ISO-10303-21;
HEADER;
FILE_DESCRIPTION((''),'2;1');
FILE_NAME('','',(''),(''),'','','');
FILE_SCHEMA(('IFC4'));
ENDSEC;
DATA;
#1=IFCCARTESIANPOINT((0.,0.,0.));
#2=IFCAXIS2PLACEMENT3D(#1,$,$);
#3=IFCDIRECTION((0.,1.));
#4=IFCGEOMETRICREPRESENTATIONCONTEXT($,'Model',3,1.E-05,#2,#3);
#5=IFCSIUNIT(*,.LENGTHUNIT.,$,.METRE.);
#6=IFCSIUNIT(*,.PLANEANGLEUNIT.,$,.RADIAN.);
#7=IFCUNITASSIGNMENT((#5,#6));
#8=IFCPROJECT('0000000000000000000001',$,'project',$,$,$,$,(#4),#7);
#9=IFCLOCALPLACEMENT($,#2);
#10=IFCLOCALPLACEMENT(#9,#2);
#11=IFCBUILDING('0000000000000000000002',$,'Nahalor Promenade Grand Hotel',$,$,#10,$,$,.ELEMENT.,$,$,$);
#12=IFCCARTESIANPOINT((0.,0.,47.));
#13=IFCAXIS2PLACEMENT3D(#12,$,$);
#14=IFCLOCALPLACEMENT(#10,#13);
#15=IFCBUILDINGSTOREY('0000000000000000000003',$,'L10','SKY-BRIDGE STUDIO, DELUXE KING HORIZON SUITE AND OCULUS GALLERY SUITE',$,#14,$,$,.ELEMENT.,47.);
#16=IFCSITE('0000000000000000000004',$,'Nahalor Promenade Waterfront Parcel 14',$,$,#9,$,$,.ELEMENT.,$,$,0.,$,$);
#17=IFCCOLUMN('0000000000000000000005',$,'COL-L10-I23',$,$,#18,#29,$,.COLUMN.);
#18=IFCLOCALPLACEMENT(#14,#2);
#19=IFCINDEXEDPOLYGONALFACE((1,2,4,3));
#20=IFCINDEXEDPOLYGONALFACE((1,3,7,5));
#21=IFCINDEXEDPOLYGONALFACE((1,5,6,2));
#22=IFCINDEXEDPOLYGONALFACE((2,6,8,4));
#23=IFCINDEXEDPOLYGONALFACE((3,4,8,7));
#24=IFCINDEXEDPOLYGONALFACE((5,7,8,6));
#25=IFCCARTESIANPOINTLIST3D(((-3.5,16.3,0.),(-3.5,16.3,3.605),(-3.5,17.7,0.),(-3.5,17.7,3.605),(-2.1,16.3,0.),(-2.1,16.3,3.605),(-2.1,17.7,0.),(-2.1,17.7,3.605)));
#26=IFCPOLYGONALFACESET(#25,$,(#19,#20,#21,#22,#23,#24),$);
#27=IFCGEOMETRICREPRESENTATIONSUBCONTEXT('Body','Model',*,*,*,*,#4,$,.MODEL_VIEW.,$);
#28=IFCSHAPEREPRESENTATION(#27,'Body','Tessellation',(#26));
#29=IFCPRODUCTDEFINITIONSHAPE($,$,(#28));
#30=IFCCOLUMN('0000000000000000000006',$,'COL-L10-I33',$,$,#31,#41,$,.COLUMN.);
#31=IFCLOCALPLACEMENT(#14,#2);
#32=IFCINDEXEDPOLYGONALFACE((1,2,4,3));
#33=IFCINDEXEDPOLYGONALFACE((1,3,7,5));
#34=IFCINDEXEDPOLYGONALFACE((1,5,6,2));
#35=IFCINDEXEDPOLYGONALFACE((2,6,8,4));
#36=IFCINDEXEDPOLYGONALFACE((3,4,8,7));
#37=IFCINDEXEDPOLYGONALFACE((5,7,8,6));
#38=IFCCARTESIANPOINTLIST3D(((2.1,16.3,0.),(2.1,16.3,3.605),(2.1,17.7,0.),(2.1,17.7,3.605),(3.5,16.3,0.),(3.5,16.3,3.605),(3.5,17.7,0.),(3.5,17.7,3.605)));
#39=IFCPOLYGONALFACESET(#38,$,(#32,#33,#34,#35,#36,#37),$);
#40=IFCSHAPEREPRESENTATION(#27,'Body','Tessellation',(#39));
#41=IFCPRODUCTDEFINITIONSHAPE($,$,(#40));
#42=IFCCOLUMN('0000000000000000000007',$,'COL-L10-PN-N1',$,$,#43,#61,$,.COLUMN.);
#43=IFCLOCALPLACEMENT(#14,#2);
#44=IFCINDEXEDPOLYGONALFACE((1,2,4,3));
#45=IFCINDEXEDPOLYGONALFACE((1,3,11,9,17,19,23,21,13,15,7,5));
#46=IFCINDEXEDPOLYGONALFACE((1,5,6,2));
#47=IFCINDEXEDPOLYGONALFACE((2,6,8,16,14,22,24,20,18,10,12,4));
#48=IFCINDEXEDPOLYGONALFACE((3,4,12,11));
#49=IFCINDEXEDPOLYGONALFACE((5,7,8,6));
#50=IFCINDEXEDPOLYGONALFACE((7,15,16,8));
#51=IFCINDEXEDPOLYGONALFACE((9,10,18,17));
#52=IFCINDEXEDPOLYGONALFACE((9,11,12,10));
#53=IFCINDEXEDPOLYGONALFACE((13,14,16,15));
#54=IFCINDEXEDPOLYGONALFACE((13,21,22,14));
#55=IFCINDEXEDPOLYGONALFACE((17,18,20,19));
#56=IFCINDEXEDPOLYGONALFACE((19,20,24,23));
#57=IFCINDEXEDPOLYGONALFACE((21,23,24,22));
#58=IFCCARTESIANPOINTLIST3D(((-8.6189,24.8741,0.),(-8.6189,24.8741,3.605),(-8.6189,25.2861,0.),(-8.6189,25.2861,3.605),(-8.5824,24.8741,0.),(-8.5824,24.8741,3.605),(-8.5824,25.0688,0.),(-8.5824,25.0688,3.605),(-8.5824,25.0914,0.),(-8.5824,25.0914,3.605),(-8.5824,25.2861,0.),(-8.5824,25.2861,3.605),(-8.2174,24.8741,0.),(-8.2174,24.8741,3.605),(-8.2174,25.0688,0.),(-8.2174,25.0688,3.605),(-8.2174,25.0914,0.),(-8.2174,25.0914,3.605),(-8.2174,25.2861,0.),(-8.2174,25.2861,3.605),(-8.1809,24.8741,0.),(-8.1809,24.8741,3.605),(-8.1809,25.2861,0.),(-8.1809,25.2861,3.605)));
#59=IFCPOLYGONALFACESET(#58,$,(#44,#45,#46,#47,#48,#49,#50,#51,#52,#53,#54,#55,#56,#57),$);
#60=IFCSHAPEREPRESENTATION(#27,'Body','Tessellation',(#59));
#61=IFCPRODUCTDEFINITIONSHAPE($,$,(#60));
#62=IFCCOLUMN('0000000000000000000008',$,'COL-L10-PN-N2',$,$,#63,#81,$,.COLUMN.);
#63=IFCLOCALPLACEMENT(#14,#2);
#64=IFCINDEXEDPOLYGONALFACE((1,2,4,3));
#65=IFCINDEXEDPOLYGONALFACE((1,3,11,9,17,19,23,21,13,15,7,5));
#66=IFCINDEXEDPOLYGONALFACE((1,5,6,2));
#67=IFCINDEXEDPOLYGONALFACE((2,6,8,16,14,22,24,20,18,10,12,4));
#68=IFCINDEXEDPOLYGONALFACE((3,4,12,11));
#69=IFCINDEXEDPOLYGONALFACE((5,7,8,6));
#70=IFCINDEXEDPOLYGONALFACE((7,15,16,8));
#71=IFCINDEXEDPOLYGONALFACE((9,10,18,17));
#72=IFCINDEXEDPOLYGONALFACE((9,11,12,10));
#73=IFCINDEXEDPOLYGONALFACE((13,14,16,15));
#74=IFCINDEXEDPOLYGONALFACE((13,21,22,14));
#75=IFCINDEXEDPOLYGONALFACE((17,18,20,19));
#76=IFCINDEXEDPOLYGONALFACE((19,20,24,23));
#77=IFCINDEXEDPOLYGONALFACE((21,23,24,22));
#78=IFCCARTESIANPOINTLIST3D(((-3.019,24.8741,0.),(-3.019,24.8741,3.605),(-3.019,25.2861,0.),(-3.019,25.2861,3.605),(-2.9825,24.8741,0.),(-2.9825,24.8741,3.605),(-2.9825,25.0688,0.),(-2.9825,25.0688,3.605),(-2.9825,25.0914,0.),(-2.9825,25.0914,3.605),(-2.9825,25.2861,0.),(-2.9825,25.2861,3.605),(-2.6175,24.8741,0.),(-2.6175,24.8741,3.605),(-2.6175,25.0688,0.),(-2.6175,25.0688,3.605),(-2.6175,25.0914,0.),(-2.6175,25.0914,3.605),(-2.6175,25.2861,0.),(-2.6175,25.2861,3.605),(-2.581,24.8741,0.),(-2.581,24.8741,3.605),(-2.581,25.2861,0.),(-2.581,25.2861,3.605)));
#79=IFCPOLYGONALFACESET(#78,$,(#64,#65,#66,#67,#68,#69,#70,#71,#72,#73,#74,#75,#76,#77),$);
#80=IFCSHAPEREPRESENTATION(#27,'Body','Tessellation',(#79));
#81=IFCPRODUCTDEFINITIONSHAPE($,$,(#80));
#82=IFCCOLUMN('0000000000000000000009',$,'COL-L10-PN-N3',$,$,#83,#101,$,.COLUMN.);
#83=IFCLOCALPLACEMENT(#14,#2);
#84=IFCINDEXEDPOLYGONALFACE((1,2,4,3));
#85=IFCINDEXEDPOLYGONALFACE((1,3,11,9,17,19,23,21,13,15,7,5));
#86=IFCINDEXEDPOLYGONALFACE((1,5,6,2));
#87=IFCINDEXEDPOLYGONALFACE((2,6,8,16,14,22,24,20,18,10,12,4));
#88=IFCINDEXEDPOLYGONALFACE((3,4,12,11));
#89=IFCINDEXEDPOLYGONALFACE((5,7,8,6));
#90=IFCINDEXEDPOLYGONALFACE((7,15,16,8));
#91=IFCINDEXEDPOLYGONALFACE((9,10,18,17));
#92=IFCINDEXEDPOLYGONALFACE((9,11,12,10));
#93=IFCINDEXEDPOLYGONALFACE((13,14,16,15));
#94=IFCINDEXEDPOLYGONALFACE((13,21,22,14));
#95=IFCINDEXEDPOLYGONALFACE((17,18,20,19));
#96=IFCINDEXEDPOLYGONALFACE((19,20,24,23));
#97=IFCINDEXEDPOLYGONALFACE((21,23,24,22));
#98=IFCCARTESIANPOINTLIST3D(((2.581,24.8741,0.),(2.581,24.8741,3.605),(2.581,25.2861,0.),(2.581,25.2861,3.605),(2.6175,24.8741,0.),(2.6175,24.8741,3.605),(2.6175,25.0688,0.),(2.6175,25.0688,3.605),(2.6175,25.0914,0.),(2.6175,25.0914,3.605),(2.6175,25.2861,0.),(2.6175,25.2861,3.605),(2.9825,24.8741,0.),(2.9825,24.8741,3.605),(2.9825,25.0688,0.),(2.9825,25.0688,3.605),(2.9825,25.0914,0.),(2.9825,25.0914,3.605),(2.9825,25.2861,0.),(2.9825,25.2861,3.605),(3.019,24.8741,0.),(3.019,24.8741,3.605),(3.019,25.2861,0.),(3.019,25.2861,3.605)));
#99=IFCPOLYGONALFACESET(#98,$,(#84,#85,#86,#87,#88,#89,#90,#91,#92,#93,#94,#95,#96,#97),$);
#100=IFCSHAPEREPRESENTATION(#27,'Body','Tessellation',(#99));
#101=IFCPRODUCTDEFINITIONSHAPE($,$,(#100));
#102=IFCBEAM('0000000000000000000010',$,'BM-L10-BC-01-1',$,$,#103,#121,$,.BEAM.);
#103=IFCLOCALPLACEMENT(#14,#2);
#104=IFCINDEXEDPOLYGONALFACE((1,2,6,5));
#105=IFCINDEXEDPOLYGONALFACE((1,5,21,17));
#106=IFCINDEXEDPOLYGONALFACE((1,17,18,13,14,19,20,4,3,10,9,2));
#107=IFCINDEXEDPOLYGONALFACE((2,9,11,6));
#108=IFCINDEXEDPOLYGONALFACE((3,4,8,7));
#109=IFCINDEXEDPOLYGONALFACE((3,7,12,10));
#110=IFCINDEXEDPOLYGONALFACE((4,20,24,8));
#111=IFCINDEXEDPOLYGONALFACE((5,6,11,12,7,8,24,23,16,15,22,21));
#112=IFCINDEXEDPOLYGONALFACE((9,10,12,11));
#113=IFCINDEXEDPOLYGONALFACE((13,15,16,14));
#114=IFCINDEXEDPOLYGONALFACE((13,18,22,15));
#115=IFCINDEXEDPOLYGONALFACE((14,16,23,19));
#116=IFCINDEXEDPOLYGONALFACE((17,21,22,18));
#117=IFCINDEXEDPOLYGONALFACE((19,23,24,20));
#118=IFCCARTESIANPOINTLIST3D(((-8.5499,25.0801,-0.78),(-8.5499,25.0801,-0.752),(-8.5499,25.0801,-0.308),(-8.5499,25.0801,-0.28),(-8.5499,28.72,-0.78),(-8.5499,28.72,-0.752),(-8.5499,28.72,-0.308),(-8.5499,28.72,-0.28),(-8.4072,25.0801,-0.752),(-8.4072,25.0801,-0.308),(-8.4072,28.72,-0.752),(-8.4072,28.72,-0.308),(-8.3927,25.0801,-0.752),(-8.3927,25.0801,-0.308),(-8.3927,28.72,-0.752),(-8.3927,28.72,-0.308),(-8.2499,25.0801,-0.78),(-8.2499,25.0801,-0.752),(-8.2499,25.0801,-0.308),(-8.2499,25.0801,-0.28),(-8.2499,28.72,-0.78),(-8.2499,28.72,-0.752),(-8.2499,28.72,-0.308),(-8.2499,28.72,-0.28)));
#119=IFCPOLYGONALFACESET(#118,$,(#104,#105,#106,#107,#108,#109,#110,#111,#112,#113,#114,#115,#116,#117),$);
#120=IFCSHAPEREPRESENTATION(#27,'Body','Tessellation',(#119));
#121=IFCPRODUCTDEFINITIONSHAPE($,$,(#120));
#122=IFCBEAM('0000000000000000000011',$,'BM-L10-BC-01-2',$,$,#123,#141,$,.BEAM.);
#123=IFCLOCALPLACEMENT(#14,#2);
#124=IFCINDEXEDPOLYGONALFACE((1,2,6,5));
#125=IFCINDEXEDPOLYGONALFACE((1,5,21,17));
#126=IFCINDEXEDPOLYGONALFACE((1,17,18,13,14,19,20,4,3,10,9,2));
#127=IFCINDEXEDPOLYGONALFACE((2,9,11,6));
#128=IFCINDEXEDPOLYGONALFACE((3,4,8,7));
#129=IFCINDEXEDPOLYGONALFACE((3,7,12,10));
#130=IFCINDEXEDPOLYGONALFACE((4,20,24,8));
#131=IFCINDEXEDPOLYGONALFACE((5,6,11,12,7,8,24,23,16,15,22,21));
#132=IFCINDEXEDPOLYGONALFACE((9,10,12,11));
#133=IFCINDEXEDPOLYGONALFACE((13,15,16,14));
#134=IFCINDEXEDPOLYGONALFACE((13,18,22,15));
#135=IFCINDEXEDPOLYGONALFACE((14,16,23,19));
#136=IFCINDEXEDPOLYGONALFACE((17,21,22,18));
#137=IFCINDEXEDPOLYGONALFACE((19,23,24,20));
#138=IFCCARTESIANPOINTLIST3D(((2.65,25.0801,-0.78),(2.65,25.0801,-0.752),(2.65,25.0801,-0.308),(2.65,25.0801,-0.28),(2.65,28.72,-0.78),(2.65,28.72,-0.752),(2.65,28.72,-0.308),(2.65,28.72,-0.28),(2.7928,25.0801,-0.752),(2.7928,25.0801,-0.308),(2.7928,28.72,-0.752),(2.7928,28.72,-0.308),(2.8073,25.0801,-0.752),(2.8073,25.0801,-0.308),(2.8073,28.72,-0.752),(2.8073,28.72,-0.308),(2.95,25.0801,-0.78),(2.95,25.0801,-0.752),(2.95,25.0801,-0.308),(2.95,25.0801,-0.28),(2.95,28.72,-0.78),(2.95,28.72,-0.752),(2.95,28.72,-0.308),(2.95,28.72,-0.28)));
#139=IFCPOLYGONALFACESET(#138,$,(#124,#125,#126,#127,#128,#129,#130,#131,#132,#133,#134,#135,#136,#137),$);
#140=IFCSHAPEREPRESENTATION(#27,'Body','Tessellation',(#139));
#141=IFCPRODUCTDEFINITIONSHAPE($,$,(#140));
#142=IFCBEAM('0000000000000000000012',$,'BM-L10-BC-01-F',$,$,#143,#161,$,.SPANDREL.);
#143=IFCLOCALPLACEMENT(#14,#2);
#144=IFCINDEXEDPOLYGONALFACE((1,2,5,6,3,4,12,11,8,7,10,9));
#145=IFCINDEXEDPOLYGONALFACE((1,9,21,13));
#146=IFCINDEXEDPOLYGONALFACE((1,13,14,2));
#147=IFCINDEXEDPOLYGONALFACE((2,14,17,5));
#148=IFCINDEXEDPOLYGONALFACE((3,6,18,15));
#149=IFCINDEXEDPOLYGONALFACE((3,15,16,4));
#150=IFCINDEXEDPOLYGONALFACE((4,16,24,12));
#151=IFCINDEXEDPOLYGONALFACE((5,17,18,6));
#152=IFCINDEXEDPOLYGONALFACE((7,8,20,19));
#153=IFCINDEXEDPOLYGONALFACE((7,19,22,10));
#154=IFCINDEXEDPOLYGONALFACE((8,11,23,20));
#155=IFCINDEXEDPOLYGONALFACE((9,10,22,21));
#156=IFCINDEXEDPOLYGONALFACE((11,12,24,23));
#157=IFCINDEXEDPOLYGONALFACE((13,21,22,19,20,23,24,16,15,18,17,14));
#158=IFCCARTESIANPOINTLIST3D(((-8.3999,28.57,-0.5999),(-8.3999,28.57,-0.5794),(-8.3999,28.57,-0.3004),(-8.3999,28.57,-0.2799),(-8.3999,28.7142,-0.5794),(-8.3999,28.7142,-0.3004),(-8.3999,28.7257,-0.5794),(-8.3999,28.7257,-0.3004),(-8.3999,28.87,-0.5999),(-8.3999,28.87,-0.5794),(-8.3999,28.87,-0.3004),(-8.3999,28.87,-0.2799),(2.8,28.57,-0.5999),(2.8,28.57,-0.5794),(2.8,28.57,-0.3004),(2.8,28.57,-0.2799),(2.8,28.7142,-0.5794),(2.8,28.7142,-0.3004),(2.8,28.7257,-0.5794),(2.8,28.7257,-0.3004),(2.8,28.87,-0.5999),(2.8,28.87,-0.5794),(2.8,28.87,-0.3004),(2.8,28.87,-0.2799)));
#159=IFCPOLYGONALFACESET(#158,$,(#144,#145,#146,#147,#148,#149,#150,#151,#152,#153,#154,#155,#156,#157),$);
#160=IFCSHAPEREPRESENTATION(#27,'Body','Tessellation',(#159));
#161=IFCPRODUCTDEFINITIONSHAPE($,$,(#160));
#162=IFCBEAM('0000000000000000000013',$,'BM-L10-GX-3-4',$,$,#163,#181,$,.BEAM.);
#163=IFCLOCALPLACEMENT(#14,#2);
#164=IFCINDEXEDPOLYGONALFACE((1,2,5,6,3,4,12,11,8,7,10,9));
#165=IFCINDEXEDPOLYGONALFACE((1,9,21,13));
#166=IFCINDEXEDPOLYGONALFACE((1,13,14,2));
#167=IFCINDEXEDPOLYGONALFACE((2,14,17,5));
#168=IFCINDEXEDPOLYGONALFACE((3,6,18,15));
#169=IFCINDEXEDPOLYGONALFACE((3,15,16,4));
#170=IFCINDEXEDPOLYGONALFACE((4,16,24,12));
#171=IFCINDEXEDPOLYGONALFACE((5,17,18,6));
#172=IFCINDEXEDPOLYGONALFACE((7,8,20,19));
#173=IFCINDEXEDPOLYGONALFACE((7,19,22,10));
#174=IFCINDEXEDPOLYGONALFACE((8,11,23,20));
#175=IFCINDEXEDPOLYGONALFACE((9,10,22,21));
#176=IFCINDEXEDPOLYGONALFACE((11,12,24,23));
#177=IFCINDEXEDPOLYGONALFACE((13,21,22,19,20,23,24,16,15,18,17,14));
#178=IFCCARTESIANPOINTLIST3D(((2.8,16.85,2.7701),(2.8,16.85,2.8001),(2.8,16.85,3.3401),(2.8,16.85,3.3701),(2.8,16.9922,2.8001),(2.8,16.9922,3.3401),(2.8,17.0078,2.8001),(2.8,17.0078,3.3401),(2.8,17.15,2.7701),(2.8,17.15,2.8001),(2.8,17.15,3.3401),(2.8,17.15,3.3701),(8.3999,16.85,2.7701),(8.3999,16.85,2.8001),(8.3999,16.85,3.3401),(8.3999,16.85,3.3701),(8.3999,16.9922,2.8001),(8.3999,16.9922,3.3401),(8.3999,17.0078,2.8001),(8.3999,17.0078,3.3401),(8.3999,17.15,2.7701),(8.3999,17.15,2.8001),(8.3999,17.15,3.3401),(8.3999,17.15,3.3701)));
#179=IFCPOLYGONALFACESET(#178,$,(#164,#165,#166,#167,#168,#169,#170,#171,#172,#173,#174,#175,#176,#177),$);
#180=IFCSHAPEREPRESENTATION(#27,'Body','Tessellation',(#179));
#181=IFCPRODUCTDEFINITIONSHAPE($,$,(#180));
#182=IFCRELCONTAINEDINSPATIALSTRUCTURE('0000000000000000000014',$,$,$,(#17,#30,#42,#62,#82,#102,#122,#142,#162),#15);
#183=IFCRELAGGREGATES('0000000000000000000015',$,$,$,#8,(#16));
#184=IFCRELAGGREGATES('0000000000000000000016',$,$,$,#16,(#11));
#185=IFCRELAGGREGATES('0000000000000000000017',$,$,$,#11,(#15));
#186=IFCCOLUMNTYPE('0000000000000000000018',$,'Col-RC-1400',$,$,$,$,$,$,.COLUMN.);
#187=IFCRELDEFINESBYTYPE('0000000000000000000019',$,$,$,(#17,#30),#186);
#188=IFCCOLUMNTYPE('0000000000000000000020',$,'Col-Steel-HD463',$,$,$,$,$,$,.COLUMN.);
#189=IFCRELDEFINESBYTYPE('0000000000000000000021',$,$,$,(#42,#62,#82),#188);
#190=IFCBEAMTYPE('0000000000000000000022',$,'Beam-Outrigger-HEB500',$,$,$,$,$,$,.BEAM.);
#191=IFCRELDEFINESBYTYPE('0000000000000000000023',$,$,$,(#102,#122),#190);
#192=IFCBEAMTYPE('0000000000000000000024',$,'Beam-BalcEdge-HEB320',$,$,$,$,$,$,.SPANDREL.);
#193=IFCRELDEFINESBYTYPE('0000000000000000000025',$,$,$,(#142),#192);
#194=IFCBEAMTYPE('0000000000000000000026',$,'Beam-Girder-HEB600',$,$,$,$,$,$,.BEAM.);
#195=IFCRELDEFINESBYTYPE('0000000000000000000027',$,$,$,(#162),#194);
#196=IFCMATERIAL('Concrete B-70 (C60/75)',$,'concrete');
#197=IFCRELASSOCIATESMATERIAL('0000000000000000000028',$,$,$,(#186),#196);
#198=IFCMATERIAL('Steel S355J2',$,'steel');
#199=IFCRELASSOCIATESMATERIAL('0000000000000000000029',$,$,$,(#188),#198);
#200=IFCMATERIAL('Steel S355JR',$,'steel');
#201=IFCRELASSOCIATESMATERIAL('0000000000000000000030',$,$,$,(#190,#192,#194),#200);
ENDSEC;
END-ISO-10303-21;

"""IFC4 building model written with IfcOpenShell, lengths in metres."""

from ifc_helpers import new_model, si_unit, direction, frame, origin, origin_2d, place, context, subcontext, project, spatial, rectangle, i_section, extrude, source, transform, mapped, material, material_profile, profile_set, type_object, element, save


model = new_model("IFC4")

# Units and contexts
model_context = context("Model", 3, precision=1e-05, world=origin(), true_north=direction((0.0, 1.0)))
body_context = subcontext(model_context, "Body", "Model", "MODEL_VIEW")
ifc_project = project(units=[si_unit("LENGTHUNIT", "METRE"), si_unit("PLANEANGLEUNIT", "RADIAN")], contexts=[model_context])

# Site, building, storey
site_placement = place(None, origin())
site = spatial("IfcSite", under=ifc_project, at=site_placement, Name="Nahalor Promenade Waterfront Parcel 14", CompositionType="ELEMENT", RefElevation=0.0)
building_placement = place(site_placement, origin())
building = spatial("IfcBuilding", under=site, at=building_placement, Name="Nahalor Promenade Grand Hotel", CompositionType="ELEMENT")
storey_placement = place(building_placement, frame((0.0, 0.0, 47.0)))
storey = spatial("IfcBuildingStorey", under=building, at=storey_placement, Name="L10", Description="SKY-BRIDGE STUDIO, DELUXE KING HORIZON SUITE AND OCULUS GALLERY SUITE", CompositionType="ELEMENT", Elevation=47.0)

# Columns
ifc_material_1 = material(Name="Concrete B-70 (C60/75)", Category="concrete")
ifc_material_profile_1 = material_profile(ifc_material_1, rectangle(XDim=1.4, YDim=1.4, at=origin_2d()), Name="RC 1400x1400")
ifc_profile_set_1 = profile_set([ifc_material_profile_1], Name="Concrete B-70 (C60/75)")
column_type_1 = type_object("IfcColumnType", Name="Col-RC-1400", PredefinedType="COLUMN", material=ifc_profile_set_1)
shared_shape_1 = source(origin(), body_context, "Body", "SweptSolid", [
    extrude(rectangle(XDim=1.4, YDim=1.4, at=origin_2d()), origin(), (0.0, 0.0, 1.0), 3.605),
])
for number, where, z_axis, x_axis, name in (
    (1, (-2.8, 17.0, 0.0), (0.0, 0.0, 1.0), (1.0, 0.0, 0.0), "COL-L10-I23"),
    (2, (2.8, 17.0, 0.0), (0.0, 0.0, 1.0), (1.0, 0.0, 0.0), "COL-L10-I33"),
):
    element("IfcColumn", number, at=place(storey_placement, frame(where, z_axis=z_axis, x_axis=x_axis)), inside=storey, type_object=column_type_1, Name=name, PredefinedType="COLUMN", context=body_context, shape_type="MappedRepresentation", body=[
        mapped(shared_shape_1, transform((0.0, 0.0, 0.0), scale=1.0)),
    ])
ifc_material_2 = material(Name="Steel S355J2", Category="steel")
ifc_material_profile_2 = material_profile(ifc_material_2, i_section(OverallWidth=0.412, OverallDepth=0.438, WebThickness=0.0226, FlangeThickness=0.0365, at=origin_2d()), Name="HD 400x463")
ifc_profile_set_2 = profile_set([ifc_material_profile_2], Name="Steel S355J2")
column_type_2 = type_object("IfcColumnType", Name="Col-Steel-HD463", PredefinedType="COLUMN", material=ifc_profile_set_2)
shared_shape_2 = source(origin(), body_context, "Body", "SweptSolid", [
    extrude(i_section(OverallWidth=0.412, OverallDepth=0.438, WebThickness=0.0226, FlangeThickness=0.0365, at=origin_2d()), origin(), (0.0, 0.0, 1.0), 3.605),
])
for number, where, z_axis, x_axis, name in (
    (3, (-8.3999, 25.0801, 0.0), (0.0, 0.0, 1.0), (0.0, 1.0, 0.0), "COL-L10-PN-N1"),
    (4, (-2.8, 25.0801, 0.0), (0.0, 0.0, 1.0), (0.0, 1.0, 0.0), "COL-L10-PN-N2"),
    (5, (2.8, 25.0801, 0.0), (0.0, 0.0, 1.0), (0.0, 1.0, 0.0), "COL-L10-PN-N3"),
):
    element("IfcColumn", number, at=place(storey_placement, frame(where, z_axis=z_axis, x_axis=x_axis)), inside=storey, type_object=column_type_2, Name=name, PredefinedType="COLUMN", context=body_context, shape_type="MappedRepresentation", body=[
        mapped(shared_shape_2, transform((0.0, 0.0, 0.0), scale=1.0)),
    ])

# Beams
ifc_material_3 = material(Name="Steel S355JR", Category="steel")
ifc_material_profile_3 = material_profile(ifc_material_3, i_section(OverallWidth=0.3, OverallDepth=0.5, WebThickness=0.0145, FlangeThickness=0.028, at=origin_2d()), Name="HEB 500")
ifc_profile_set_3 = profile_set([ifc_material_profile_3], Name="Steel S355JR")
beam_type_1 = type_object("IfcBeamType", Name="Beam-Outrigger-HEB500", PredefinedType="BEAM", material=ifc_profile_set_3)
shared_shape_3 = source(origin(), body_context, "Body", "SweptSolid", [
    extrude(i_section(OverallWidth=0.3, OverallDepth=0.5, WebThickness=0.0145, FlangeThickness=0.028, at=origin_2d()), origin(), (0.0, 0.0, 1.0), 3.6399),
])
for number, where, z_axis, x_axis, name in (
    (6, (-8.3999, 25.0801, -0.53), (0.0, 1.0, 0.0), (-1.0, 0.0, 0.0), "BM-L10-BC-01-1"),
    (7, (2.8, 25.0801, -0.53), (0.0, 1.0, 0.0), (-1.0, 0.0, 0.0), "BM-L10-BC-01-2"),
):
    element("IfcBeam", number, at=place(storey_placement, frame(where, z_axis=z_axis, x_axis=x_axis)), inside=storey, type_object=beam_type_1, Name=name, PredefinedType="BEAM", context=body_context, shape_type="MappedRepresentation", body=[
        mapped(shared_shape_3, transform((0.0, 0.0, 0.0), scale=1.0)),
    ])
ifc_material_profile_4 = material_profile(ifc_material_3, i_section(OverallWidth=0.3, OverallDepth=0.32, WebThickness=0.0115, FlangeThickness=0.0205, at=origin_2d()), Name="HEB 320")
ifc_profile_set_4 = profile_set([ifc_material_profile_4], Name="Steel S355JR")
beam_type_2 = type_object("IfcBeamType", Name="Beam-BalcEdge-HEB320", PredefinedType="SPANDREL", material=ifc_profile_set_4)
shared_shape_4 = source(origin(), body_context, "Body", "SweptSolid", [
    extrude(i_section(OverallWidth=0.3, OverallDepth=0.32, WebThickness=0.0115, FlangeThickness=0.0205, at=origin_2d()), origin(), (0.0, 0.0, 1.0), 11.2),
])
beam_1_placement = place(storey_placement, frame((-8.3999, 28.72, -0.4399), z_axis=(1.0, 0.0, 0.0), x_axis=(0.0, 1.0, 0.0)))
element("IfcBeam", 8, at=beam_1_placement, inside=storey, type_object=beam_type_2, Name="BM-L10-BC-01-F", PredefinedType="SPANDREL", context=body_context, shape_type="MappedRepresentation", body=[
    mapped(shared_shape_4, transform((0.0, 0.0, 0.0), scale=1.0)),
])
ifc_material_profile_5 = material_profile(ifc_material_3, i_section(OverallWidth=0.3, OverallDepth=0.6, WebThickness=0.0155, FlangeThickness=0.03, at=origin_2d()), Name="HEB 600")
ifc_profile_set_5 = profile_set([ifc_material_profile_5], Name="Steel S355JR")
beam_type_3 = type_object("IfcBeamType", Name="Beam-Girder-HEB600", PredefinedType="BEAM", material=ifc_profile_set_5)
shared_shape_5 = source(origin(), body_context, "Body", "SweptSolid", [
    extrude(i_section(OverallWidth=0.3, OverallDepth=0.6, WebThickness=0.0155, FlangeThickness=0.03, at=origin_2d()), origin(), (0.0, 0.0, 1.0), 5.5999),
])
beam_2_placement = place(storey_placement, frame((2.8, 17.0, 3.0701), z_axis=(1.0, 0.0, 0.0), x_axis=(0.0, 1.0, 0.0)))
element("IfcBeam", 9, at=beam_2_placement, inside=storey, type_object=beam_type_3, Name="BM-L10-GX-3-4", PredefinedType="BEAM", context=body_context, shape_type="MappedRepresentation", body=[
    mapped(shared_shape_5, transform((0.0, 0.0, 0.0), scale=1.0)),
])

save(model, "model.ifc")
